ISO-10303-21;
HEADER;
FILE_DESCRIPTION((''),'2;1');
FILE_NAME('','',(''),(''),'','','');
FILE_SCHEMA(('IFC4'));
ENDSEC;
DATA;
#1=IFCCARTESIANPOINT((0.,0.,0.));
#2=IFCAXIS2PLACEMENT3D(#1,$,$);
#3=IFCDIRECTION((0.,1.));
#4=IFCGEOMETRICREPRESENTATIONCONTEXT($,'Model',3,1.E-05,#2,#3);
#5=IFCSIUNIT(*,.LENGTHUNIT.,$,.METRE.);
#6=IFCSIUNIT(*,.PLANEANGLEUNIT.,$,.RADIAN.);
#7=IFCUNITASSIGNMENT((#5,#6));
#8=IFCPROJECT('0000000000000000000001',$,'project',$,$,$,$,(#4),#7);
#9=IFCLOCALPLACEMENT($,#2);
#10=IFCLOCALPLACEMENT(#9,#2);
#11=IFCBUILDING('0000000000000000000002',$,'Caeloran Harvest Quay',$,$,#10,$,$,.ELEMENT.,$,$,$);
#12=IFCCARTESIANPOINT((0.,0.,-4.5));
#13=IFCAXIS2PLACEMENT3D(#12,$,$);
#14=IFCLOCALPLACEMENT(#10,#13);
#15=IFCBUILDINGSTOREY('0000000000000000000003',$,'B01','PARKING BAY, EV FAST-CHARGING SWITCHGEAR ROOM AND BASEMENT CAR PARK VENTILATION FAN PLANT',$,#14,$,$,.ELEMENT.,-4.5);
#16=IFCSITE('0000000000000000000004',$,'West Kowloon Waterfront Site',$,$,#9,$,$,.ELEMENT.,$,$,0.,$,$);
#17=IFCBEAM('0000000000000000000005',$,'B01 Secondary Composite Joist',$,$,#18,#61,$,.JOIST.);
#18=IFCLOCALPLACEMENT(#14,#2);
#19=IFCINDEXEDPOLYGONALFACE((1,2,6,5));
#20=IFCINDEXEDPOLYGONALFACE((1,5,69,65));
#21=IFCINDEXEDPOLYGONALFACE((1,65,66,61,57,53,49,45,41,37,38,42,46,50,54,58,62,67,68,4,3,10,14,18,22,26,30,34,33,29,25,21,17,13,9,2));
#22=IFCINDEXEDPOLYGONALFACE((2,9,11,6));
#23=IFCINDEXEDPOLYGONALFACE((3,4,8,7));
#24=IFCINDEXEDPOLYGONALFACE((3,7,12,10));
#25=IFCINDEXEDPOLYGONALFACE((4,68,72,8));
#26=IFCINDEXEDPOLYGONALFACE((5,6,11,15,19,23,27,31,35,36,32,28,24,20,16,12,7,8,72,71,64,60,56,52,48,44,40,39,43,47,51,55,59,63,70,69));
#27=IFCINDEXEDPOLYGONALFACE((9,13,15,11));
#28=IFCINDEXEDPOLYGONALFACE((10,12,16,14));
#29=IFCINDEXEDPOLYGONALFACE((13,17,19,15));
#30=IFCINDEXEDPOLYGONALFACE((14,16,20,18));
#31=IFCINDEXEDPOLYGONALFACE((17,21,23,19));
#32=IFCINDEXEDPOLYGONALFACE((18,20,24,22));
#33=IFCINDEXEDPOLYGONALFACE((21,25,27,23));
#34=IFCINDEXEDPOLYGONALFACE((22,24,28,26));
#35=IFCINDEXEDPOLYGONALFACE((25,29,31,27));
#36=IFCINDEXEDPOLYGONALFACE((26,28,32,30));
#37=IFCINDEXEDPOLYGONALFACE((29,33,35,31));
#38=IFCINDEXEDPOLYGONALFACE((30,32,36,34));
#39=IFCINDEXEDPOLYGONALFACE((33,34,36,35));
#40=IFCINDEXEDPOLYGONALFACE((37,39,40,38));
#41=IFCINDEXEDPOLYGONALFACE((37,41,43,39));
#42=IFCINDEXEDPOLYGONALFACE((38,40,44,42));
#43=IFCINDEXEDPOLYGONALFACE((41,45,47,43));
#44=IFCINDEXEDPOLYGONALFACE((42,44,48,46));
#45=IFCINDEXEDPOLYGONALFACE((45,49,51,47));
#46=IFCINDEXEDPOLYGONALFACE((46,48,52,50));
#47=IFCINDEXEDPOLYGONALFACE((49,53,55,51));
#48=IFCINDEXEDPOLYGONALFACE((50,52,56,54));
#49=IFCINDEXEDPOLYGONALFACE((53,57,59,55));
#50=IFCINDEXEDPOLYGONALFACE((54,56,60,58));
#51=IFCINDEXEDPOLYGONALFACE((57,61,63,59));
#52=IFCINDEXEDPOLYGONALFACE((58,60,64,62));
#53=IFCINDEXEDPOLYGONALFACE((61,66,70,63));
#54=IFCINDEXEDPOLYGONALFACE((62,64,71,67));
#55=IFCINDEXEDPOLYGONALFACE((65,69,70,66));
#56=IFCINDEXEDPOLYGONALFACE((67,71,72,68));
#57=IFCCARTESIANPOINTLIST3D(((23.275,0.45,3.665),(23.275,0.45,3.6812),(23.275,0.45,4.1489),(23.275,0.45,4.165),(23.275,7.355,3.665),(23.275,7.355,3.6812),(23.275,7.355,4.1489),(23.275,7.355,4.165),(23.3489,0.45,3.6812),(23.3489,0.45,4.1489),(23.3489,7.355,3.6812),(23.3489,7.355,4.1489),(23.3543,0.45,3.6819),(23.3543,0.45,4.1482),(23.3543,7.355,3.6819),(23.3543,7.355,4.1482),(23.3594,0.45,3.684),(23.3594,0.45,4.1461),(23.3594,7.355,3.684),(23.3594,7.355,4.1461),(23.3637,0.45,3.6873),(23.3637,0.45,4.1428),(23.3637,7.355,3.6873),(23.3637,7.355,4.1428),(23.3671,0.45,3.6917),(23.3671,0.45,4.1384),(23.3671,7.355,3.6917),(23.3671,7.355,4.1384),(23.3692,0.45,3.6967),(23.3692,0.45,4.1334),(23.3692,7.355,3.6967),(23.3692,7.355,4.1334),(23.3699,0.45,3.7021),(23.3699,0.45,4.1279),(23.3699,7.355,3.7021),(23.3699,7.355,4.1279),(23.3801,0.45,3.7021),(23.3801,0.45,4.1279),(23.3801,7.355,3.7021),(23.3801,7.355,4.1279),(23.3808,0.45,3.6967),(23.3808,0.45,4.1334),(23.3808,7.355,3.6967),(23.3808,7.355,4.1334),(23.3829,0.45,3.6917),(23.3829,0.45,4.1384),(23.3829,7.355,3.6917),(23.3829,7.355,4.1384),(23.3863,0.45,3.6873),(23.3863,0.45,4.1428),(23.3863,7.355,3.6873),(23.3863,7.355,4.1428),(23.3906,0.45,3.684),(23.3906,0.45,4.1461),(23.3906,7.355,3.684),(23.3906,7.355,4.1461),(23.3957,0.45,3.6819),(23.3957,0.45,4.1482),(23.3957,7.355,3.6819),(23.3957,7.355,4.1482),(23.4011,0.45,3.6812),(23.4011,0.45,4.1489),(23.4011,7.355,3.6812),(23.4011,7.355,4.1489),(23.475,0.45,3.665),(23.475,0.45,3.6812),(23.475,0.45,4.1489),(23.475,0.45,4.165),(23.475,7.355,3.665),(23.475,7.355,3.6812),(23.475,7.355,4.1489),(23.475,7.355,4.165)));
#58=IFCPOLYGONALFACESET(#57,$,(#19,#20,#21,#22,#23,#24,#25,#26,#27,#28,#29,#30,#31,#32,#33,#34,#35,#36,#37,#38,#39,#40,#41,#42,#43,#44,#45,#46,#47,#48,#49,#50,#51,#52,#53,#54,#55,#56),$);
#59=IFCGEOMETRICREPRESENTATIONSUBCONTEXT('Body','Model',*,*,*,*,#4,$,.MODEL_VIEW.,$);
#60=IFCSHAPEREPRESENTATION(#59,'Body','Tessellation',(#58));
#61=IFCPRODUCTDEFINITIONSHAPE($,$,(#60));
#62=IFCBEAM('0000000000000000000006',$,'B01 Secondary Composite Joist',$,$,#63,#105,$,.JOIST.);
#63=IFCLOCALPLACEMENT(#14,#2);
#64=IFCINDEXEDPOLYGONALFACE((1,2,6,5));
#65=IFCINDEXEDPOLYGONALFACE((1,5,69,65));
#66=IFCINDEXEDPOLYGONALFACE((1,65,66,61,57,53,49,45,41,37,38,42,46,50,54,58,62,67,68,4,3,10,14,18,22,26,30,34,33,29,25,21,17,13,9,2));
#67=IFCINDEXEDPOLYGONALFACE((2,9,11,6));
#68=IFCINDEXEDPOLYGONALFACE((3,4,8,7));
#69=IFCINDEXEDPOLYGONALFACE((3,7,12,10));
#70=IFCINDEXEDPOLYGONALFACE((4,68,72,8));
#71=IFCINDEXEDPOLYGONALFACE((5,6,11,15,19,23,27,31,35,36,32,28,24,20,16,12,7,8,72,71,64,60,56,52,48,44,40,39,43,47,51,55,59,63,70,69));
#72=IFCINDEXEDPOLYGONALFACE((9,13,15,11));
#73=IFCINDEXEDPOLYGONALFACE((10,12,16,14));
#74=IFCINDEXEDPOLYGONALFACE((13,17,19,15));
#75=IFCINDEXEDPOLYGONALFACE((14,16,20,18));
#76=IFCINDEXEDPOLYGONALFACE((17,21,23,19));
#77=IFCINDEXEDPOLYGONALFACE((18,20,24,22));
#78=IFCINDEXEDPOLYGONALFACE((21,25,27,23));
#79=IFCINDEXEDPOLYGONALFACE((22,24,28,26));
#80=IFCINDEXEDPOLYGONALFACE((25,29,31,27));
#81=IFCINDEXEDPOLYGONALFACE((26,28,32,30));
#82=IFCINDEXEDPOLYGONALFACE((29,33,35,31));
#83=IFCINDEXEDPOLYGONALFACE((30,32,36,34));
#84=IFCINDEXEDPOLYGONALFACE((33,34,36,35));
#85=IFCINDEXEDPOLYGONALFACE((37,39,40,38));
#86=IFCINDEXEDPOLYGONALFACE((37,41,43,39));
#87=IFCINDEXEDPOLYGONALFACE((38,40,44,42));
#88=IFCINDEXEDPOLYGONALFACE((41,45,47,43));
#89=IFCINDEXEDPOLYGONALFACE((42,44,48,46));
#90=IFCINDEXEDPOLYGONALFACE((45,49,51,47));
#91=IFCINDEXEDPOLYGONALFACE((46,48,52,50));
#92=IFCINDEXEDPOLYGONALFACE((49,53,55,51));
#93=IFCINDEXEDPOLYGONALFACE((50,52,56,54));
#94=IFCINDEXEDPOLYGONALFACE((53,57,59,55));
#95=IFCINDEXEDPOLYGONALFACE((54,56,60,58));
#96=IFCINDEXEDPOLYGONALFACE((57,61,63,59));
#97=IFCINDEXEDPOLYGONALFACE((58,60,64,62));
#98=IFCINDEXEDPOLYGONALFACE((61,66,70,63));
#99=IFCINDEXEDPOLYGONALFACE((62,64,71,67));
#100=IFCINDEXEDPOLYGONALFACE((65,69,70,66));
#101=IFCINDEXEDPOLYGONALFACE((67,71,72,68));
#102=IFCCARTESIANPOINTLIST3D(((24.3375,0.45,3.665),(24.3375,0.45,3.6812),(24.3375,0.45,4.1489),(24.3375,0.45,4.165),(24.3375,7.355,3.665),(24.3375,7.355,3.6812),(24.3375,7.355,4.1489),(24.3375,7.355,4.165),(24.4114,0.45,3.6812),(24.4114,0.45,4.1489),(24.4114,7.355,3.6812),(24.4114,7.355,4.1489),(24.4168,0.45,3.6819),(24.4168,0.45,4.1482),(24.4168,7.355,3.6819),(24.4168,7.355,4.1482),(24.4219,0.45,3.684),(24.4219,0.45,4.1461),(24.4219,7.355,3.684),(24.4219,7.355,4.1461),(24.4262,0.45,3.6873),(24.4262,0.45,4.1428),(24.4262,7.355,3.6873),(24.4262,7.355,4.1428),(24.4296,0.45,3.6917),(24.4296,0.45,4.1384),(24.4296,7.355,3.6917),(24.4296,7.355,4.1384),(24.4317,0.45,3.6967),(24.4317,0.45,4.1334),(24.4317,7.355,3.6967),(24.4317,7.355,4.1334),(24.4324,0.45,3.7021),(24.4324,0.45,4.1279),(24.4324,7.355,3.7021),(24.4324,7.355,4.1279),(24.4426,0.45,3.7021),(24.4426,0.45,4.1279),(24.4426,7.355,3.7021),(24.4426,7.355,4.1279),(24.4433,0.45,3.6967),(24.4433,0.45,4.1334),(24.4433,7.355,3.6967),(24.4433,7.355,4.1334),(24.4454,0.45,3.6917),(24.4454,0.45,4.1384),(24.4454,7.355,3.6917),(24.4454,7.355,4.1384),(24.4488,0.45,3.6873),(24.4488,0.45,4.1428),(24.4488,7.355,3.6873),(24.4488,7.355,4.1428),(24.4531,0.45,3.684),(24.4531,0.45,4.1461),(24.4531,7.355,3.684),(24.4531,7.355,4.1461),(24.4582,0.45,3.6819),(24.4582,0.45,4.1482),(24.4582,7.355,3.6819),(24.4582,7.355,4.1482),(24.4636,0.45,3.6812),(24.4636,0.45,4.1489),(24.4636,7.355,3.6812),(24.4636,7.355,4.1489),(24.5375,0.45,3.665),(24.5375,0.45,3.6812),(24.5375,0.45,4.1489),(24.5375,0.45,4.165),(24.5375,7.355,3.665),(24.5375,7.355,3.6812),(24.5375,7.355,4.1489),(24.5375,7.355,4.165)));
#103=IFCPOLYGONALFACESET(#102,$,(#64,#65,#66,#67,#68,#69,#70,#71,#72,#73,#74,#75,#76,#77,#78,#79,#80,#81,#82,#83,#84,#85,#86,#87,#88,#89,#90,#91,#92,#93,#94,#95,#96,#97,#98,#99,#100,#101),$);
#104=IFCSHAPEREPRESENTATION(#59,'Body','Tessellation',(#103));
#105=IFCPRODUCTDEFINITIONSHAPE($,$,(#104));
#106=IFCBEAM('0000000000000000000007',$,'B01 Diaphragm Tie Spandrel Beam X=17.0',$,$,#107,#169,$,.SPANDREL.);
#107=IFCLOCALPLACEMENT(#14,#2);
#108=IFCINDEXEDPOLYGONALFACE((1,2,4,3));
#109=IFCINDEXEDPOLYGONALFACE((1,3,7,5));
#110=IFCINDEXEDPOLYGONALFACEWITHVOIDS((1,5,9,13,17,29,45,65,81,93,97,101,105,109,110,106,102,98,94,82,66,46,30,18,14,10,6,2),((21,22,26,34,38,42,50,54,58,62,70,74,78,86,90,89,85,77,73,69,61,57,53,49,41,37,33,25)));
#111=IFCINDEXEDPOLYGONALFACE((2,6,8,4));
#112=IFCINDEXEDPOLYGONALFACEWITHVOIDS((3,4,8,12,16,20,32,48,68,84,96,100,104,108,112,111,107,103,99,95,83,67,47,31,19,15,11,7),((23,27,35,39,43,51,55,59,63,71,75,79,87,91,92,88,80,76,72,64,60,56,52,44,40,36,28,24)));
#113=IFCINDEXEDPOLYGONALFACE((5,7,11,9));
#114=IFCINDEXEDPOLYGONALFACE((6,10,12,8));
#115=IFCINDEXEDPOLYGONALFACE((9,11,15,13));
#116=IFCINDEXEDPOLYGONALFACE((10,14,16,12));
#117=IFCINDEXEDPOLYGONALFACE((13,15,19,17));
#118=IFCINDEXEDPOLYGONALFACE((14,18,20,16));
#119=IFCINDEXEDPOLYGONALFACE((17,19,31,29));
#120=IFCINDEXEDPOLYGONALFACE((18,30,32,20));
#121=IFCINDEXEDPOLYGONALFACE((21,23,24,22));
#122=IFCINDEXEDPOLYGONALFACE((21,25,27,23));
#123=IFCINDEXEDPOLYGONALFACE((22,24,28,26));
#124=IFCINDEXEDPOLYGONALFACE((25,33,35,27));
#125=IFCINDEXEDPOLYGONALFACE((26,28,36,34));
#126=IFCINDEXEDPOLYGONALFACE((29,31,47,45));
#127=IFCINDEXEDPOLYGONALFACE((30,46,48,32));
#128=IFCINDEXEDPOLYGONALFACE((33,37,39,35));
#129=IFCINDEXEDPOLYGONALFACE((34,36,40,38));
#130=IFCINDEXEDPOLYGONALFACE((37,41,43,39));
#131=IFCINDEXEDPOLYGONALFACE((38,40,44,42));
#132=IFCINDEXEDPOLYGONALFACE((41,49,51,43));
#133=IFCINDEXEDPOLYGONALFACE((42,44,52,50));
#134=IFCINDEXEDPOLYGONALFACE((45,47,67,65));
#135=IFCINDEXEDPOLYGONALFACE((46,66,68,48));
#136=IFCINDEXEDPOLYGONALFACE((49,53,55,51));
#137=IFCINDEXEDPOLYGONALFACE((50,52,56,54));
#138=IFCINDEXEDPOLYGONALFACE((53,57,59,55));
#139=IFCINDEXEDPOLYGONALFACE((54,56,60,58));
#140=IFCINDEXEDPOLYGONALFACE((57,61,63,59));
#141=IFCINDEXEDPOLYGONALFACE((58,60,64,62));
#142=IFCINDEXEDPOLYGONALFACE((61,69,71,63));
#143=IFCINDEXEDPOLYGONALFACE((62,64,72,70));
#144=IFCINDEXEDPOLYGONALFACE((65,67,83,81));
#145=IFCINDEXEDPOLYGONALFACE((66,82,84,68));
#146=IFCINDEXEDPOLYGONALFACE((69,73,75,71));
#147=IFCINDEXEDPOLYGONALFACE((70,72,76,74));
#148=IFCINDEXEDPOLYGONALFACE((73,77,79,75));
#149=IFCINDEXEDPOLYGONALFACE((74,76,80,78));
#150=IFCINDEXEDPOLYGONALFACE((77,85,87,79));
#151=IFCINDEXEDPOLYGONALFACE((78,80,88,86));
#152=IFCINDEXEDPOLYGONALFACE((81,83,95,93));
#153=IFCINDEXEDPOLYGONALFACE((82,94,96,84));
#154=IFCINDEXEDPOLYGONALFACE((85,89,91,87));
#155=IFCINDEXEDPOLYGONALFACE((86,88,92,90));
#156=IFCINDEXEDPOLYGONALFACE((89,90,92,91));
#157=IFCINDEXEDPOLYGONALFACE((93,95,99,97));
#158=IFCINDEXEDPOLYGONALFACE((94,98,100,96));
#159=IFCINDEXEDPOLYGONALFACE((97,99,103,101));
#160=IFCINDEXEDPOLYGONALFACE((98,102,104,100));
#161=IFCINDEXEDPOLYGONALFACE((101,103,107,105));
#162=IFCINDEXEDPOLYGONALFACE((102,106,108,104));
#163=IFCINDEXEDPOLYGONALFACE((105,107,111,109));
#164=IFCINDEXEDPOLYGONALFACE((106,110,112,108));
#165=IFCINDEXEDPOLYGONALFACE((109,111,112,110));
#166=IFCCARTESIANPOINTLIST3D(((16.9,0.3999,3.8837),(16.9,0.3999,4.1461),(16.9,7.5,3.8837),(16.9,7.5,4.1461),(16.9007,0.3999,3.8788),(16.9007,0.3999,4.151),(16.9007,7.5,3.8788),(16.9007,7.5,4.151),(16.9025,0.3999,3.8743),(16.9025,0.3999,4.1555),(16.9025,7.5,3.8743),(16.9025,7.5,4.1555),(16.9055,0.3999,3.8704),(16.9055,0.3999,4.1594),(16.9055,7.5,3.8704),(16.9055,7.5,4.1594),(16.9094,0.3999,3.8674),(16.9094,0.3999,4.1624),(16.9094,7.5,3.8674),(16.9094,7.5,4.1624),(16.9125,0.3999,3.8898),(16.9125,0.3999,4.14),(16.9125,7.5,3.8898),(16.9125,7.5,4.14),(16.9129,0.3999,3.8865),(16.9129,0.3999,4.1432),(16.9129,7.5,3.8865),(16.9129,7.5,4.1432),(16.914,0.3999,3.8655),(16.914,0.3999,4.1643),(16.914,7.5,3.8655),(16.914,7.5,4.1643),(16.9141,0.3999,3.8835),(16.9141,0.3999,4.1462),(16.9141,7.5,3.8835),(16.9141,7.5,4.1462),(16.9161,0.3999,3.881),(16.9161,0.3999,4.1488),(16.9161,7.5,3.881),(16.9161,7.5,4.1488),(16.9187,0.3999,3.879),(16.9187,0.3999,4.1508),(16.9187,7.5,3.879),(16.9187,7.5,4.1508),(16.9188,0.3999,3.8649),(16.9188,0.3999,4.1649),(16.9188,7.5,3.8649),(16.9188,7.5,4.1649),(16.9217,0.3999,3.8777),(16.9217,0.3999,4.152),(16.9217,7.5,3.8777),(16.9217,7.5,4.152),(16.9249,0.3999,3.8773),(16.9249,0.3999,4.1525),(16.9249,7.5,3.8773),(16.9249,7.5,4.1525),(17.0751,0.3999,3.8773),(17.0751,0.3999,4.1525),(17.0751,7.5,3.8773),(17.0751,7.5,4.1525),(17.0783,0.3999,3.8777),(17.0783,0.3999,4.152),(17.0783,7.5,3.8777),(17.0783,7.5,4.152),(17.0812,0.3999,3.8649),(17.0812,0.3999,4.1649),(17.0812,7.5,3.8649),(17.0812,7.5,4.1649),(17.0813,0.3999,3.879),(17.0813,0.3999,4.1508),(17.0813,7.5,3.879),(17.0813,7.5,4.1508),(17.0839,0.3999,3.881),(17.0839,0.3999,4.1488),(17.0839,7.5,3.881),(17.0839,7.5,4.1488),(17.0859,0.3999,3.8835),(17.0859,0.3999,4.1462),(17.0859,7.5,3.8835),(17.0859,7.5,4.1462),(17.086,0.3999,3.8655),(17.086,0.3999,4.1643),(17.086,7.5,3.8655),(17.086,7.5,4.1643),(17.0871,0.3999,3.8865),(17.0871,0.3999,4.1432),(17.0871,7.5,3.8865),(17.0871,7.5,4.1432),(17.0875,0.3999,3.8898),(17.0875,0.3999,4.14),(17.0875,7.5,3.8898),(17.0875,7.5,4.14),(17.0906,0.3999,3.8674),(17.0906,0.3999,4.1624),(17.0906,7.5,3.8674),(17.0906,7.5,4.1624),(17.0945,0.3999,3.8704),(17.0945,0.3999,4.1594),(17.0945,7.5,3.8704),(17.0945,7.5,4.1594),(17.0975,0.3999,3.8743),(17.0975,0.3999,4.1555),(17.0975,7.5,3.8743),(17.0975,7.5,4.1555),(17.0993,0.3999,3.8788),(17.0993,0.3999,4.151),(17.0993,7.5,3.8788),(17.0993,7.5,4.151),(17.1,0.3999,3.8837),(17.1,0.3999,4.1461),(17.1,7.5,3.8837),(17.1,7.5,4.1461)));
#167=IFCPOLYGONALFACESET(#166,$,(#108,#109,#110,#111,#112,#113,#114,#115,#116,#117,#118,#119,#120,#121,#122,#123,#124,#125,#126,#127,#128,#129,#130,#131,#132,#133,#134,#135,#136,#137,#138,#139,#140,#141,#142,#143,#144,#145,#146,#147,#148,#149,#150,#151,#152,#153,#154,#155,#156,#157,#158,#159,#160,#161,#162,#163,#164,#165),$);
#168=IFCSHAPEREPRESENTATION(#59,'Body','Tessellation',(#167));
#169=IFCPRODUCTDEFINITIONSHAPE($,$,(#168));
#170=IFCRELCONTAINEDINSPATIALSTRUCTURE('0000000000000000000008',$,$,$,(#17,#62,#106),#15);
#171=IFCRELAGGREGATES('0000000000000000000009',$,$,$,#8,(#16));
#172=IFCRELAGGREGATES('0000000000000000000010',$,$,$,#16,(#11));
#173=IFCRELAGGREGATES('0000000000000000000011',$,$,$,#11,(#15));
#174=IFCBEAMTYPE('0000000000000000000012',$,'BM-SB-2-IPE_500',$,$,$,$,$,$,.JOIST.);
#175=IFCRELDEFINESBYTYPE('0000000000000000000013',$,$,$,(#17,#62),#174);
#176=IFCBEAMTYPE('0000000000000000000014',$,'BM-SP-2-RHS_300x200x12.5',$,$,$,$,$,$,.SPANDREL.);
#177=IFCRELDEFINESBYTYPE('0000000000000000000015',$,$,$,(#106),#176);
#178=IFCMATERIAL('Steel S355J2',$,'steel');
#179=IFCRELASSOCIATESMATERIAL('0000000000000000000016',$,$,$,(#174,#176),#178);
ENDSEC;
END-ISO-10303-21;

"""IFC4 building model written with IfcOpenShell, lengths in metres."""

from ifc_helpers import new_model, si_unit, direction, frame, origin, origin_2d, place, context, subcontext, project, spatial, hollow_rectangle, i_section, extrude, material, material_profile, profile_set, type_object, element, save


model = new_model("IFC4")

# Units and contexts
model_context = context("Model", 3, precision=1e-05, world=origin(), true_north=direction((0.0, 1.0)))
body_context = subcontext(model_context, "Body", "Model", "MODEL_VIEW")
ifc_project = project(units=[si_unit("LENGTHUNIT", "METRE"), si_unit("PLANEANGLEUNIT", "RADIAN")], contexts=[model_context])

# Site, building, storey
site_placement = place(None, origin())
site = spatial("IfcSite", under=ifc_project, at=site_placement, Name="West Kowloon Waterfront Site", CompositionType="ELEMENT", RefElevation=0.0)
building_placement = place(site_placement, origin())
building = spatial("IfcBuilding", under=site, at=building_placement, Name="Caeloran Harvest Quay", CompositionType="ELEMENT")
storey_placement = place(building_placement, frame((0.0, 0.0, -4.5)))
storey = spatial("IfcBuildingStorey", under=building, at=storey_placement, Name="B01", Description="PARKING BAY, EV FAST-CHARGING SWITCHGEAR ROOM AND BASEMENT CAR PARK VENTILATION FAN PLANT", CompositionType="ELEMENT", Elevation=-4.5)

# Beams
ifc_material_1 = material(Name="Steel S355J2", Category="steel")
ifc_material_profile_1 = material_profile(ifc_material_1, i_section(OverallWidth=0.2, OverallDepth=0.5, WebThickness=0.0103, FlangeThickness=0.0161, FilletRadius=0.021, at=origin_2d()), Name="IPE 500")
ifc_profile_set_1 = profile_set([ifc_material_profile_1], Name="Steel S355J2")
beam_type_1 = type_object("IfcBeamType", Name="BM-SB-2-IPE_500", PredefinedType="JOIST", material=ifc_profile_set_1)
for number, where, z_axis, x_axis, name in (
    (1, (23.375, 0.45, 3.915), (0.0, 1.0, 0.0), (-1.0, 0.0, 0.0), "B01 Secondary Composite Joist"),
    (2, (24.4375, 0.45, 3.915), (0.0, 1.0, 0.0), (-1.0, 0.0, 0.0), "B01 Secondary Composite Joist"),
):
    element("IfcBeam", number, at=place(storey_placement, frame(where, z_axis=z_axis, x_axis=x_axis)), inside=storey, type_object=beam_type_1, Name=name, PredefinedType="JOIST", context=body_context, shape_type="SweptSolid", body=[
        extrude(i_section(OverallWidth=0.2, OverallDepth=0.5, WebThickness=0.0103, FlangeThickness=0.0161, FilletRadius=0.021, at=origin_2d()), origin(), (0.0, 0.0, 1.0), 6.905),
    ])
ifc_material_profile_2 = material_profile(ifc_material_1, hollow_rectangle(XDim=0.2, YDim=0.3, WallThickness=0.0125, InnerFilletRadius=0.0125, OuterFilletRadius=0.0188, at=origin_2d()), Name="RHS 300x200x12.5")
ifc_profile_set_2 = profile_set([ifc_material_profile_2], Name="Steel S355J2")
beam_type_2 = type_object("IfcBeamType", Name="BM-SP-2-RHS_300x200x12.5", PredefinedType="SPANDREL", material=ifc_profile_set_2)
for number, where, z_axis, x_axis, name in (
    (3, (17.0, 0.3999, 4.0149), (0.0, 1.0, 0.0), (-1.0, 0.0, 0.0), "B01 Diaphragm Tie Spandrel Beam X=17.0"),
):
    element("IfcBeam", number, at=place(storey_placement, frame(where, z_axis=z_axis, x_axis=x_axis)), inside=storey, type_object=beam_type_2, Name=name, PredefinedType="SPANDREL", context=body_context, shape_type="SweptSolid", body=[
        extrude(hollow_rectangle(XDim=0.2, YDim=0.3, WallThickness=0.0125, InnerFilletRadius=0.0125, OuterFilletRadius=0.0188, at=origin_2d()), origin(), (0.0, 0.0, 1.0), 7.1001),
    ])

save(model, "model.ifc")
